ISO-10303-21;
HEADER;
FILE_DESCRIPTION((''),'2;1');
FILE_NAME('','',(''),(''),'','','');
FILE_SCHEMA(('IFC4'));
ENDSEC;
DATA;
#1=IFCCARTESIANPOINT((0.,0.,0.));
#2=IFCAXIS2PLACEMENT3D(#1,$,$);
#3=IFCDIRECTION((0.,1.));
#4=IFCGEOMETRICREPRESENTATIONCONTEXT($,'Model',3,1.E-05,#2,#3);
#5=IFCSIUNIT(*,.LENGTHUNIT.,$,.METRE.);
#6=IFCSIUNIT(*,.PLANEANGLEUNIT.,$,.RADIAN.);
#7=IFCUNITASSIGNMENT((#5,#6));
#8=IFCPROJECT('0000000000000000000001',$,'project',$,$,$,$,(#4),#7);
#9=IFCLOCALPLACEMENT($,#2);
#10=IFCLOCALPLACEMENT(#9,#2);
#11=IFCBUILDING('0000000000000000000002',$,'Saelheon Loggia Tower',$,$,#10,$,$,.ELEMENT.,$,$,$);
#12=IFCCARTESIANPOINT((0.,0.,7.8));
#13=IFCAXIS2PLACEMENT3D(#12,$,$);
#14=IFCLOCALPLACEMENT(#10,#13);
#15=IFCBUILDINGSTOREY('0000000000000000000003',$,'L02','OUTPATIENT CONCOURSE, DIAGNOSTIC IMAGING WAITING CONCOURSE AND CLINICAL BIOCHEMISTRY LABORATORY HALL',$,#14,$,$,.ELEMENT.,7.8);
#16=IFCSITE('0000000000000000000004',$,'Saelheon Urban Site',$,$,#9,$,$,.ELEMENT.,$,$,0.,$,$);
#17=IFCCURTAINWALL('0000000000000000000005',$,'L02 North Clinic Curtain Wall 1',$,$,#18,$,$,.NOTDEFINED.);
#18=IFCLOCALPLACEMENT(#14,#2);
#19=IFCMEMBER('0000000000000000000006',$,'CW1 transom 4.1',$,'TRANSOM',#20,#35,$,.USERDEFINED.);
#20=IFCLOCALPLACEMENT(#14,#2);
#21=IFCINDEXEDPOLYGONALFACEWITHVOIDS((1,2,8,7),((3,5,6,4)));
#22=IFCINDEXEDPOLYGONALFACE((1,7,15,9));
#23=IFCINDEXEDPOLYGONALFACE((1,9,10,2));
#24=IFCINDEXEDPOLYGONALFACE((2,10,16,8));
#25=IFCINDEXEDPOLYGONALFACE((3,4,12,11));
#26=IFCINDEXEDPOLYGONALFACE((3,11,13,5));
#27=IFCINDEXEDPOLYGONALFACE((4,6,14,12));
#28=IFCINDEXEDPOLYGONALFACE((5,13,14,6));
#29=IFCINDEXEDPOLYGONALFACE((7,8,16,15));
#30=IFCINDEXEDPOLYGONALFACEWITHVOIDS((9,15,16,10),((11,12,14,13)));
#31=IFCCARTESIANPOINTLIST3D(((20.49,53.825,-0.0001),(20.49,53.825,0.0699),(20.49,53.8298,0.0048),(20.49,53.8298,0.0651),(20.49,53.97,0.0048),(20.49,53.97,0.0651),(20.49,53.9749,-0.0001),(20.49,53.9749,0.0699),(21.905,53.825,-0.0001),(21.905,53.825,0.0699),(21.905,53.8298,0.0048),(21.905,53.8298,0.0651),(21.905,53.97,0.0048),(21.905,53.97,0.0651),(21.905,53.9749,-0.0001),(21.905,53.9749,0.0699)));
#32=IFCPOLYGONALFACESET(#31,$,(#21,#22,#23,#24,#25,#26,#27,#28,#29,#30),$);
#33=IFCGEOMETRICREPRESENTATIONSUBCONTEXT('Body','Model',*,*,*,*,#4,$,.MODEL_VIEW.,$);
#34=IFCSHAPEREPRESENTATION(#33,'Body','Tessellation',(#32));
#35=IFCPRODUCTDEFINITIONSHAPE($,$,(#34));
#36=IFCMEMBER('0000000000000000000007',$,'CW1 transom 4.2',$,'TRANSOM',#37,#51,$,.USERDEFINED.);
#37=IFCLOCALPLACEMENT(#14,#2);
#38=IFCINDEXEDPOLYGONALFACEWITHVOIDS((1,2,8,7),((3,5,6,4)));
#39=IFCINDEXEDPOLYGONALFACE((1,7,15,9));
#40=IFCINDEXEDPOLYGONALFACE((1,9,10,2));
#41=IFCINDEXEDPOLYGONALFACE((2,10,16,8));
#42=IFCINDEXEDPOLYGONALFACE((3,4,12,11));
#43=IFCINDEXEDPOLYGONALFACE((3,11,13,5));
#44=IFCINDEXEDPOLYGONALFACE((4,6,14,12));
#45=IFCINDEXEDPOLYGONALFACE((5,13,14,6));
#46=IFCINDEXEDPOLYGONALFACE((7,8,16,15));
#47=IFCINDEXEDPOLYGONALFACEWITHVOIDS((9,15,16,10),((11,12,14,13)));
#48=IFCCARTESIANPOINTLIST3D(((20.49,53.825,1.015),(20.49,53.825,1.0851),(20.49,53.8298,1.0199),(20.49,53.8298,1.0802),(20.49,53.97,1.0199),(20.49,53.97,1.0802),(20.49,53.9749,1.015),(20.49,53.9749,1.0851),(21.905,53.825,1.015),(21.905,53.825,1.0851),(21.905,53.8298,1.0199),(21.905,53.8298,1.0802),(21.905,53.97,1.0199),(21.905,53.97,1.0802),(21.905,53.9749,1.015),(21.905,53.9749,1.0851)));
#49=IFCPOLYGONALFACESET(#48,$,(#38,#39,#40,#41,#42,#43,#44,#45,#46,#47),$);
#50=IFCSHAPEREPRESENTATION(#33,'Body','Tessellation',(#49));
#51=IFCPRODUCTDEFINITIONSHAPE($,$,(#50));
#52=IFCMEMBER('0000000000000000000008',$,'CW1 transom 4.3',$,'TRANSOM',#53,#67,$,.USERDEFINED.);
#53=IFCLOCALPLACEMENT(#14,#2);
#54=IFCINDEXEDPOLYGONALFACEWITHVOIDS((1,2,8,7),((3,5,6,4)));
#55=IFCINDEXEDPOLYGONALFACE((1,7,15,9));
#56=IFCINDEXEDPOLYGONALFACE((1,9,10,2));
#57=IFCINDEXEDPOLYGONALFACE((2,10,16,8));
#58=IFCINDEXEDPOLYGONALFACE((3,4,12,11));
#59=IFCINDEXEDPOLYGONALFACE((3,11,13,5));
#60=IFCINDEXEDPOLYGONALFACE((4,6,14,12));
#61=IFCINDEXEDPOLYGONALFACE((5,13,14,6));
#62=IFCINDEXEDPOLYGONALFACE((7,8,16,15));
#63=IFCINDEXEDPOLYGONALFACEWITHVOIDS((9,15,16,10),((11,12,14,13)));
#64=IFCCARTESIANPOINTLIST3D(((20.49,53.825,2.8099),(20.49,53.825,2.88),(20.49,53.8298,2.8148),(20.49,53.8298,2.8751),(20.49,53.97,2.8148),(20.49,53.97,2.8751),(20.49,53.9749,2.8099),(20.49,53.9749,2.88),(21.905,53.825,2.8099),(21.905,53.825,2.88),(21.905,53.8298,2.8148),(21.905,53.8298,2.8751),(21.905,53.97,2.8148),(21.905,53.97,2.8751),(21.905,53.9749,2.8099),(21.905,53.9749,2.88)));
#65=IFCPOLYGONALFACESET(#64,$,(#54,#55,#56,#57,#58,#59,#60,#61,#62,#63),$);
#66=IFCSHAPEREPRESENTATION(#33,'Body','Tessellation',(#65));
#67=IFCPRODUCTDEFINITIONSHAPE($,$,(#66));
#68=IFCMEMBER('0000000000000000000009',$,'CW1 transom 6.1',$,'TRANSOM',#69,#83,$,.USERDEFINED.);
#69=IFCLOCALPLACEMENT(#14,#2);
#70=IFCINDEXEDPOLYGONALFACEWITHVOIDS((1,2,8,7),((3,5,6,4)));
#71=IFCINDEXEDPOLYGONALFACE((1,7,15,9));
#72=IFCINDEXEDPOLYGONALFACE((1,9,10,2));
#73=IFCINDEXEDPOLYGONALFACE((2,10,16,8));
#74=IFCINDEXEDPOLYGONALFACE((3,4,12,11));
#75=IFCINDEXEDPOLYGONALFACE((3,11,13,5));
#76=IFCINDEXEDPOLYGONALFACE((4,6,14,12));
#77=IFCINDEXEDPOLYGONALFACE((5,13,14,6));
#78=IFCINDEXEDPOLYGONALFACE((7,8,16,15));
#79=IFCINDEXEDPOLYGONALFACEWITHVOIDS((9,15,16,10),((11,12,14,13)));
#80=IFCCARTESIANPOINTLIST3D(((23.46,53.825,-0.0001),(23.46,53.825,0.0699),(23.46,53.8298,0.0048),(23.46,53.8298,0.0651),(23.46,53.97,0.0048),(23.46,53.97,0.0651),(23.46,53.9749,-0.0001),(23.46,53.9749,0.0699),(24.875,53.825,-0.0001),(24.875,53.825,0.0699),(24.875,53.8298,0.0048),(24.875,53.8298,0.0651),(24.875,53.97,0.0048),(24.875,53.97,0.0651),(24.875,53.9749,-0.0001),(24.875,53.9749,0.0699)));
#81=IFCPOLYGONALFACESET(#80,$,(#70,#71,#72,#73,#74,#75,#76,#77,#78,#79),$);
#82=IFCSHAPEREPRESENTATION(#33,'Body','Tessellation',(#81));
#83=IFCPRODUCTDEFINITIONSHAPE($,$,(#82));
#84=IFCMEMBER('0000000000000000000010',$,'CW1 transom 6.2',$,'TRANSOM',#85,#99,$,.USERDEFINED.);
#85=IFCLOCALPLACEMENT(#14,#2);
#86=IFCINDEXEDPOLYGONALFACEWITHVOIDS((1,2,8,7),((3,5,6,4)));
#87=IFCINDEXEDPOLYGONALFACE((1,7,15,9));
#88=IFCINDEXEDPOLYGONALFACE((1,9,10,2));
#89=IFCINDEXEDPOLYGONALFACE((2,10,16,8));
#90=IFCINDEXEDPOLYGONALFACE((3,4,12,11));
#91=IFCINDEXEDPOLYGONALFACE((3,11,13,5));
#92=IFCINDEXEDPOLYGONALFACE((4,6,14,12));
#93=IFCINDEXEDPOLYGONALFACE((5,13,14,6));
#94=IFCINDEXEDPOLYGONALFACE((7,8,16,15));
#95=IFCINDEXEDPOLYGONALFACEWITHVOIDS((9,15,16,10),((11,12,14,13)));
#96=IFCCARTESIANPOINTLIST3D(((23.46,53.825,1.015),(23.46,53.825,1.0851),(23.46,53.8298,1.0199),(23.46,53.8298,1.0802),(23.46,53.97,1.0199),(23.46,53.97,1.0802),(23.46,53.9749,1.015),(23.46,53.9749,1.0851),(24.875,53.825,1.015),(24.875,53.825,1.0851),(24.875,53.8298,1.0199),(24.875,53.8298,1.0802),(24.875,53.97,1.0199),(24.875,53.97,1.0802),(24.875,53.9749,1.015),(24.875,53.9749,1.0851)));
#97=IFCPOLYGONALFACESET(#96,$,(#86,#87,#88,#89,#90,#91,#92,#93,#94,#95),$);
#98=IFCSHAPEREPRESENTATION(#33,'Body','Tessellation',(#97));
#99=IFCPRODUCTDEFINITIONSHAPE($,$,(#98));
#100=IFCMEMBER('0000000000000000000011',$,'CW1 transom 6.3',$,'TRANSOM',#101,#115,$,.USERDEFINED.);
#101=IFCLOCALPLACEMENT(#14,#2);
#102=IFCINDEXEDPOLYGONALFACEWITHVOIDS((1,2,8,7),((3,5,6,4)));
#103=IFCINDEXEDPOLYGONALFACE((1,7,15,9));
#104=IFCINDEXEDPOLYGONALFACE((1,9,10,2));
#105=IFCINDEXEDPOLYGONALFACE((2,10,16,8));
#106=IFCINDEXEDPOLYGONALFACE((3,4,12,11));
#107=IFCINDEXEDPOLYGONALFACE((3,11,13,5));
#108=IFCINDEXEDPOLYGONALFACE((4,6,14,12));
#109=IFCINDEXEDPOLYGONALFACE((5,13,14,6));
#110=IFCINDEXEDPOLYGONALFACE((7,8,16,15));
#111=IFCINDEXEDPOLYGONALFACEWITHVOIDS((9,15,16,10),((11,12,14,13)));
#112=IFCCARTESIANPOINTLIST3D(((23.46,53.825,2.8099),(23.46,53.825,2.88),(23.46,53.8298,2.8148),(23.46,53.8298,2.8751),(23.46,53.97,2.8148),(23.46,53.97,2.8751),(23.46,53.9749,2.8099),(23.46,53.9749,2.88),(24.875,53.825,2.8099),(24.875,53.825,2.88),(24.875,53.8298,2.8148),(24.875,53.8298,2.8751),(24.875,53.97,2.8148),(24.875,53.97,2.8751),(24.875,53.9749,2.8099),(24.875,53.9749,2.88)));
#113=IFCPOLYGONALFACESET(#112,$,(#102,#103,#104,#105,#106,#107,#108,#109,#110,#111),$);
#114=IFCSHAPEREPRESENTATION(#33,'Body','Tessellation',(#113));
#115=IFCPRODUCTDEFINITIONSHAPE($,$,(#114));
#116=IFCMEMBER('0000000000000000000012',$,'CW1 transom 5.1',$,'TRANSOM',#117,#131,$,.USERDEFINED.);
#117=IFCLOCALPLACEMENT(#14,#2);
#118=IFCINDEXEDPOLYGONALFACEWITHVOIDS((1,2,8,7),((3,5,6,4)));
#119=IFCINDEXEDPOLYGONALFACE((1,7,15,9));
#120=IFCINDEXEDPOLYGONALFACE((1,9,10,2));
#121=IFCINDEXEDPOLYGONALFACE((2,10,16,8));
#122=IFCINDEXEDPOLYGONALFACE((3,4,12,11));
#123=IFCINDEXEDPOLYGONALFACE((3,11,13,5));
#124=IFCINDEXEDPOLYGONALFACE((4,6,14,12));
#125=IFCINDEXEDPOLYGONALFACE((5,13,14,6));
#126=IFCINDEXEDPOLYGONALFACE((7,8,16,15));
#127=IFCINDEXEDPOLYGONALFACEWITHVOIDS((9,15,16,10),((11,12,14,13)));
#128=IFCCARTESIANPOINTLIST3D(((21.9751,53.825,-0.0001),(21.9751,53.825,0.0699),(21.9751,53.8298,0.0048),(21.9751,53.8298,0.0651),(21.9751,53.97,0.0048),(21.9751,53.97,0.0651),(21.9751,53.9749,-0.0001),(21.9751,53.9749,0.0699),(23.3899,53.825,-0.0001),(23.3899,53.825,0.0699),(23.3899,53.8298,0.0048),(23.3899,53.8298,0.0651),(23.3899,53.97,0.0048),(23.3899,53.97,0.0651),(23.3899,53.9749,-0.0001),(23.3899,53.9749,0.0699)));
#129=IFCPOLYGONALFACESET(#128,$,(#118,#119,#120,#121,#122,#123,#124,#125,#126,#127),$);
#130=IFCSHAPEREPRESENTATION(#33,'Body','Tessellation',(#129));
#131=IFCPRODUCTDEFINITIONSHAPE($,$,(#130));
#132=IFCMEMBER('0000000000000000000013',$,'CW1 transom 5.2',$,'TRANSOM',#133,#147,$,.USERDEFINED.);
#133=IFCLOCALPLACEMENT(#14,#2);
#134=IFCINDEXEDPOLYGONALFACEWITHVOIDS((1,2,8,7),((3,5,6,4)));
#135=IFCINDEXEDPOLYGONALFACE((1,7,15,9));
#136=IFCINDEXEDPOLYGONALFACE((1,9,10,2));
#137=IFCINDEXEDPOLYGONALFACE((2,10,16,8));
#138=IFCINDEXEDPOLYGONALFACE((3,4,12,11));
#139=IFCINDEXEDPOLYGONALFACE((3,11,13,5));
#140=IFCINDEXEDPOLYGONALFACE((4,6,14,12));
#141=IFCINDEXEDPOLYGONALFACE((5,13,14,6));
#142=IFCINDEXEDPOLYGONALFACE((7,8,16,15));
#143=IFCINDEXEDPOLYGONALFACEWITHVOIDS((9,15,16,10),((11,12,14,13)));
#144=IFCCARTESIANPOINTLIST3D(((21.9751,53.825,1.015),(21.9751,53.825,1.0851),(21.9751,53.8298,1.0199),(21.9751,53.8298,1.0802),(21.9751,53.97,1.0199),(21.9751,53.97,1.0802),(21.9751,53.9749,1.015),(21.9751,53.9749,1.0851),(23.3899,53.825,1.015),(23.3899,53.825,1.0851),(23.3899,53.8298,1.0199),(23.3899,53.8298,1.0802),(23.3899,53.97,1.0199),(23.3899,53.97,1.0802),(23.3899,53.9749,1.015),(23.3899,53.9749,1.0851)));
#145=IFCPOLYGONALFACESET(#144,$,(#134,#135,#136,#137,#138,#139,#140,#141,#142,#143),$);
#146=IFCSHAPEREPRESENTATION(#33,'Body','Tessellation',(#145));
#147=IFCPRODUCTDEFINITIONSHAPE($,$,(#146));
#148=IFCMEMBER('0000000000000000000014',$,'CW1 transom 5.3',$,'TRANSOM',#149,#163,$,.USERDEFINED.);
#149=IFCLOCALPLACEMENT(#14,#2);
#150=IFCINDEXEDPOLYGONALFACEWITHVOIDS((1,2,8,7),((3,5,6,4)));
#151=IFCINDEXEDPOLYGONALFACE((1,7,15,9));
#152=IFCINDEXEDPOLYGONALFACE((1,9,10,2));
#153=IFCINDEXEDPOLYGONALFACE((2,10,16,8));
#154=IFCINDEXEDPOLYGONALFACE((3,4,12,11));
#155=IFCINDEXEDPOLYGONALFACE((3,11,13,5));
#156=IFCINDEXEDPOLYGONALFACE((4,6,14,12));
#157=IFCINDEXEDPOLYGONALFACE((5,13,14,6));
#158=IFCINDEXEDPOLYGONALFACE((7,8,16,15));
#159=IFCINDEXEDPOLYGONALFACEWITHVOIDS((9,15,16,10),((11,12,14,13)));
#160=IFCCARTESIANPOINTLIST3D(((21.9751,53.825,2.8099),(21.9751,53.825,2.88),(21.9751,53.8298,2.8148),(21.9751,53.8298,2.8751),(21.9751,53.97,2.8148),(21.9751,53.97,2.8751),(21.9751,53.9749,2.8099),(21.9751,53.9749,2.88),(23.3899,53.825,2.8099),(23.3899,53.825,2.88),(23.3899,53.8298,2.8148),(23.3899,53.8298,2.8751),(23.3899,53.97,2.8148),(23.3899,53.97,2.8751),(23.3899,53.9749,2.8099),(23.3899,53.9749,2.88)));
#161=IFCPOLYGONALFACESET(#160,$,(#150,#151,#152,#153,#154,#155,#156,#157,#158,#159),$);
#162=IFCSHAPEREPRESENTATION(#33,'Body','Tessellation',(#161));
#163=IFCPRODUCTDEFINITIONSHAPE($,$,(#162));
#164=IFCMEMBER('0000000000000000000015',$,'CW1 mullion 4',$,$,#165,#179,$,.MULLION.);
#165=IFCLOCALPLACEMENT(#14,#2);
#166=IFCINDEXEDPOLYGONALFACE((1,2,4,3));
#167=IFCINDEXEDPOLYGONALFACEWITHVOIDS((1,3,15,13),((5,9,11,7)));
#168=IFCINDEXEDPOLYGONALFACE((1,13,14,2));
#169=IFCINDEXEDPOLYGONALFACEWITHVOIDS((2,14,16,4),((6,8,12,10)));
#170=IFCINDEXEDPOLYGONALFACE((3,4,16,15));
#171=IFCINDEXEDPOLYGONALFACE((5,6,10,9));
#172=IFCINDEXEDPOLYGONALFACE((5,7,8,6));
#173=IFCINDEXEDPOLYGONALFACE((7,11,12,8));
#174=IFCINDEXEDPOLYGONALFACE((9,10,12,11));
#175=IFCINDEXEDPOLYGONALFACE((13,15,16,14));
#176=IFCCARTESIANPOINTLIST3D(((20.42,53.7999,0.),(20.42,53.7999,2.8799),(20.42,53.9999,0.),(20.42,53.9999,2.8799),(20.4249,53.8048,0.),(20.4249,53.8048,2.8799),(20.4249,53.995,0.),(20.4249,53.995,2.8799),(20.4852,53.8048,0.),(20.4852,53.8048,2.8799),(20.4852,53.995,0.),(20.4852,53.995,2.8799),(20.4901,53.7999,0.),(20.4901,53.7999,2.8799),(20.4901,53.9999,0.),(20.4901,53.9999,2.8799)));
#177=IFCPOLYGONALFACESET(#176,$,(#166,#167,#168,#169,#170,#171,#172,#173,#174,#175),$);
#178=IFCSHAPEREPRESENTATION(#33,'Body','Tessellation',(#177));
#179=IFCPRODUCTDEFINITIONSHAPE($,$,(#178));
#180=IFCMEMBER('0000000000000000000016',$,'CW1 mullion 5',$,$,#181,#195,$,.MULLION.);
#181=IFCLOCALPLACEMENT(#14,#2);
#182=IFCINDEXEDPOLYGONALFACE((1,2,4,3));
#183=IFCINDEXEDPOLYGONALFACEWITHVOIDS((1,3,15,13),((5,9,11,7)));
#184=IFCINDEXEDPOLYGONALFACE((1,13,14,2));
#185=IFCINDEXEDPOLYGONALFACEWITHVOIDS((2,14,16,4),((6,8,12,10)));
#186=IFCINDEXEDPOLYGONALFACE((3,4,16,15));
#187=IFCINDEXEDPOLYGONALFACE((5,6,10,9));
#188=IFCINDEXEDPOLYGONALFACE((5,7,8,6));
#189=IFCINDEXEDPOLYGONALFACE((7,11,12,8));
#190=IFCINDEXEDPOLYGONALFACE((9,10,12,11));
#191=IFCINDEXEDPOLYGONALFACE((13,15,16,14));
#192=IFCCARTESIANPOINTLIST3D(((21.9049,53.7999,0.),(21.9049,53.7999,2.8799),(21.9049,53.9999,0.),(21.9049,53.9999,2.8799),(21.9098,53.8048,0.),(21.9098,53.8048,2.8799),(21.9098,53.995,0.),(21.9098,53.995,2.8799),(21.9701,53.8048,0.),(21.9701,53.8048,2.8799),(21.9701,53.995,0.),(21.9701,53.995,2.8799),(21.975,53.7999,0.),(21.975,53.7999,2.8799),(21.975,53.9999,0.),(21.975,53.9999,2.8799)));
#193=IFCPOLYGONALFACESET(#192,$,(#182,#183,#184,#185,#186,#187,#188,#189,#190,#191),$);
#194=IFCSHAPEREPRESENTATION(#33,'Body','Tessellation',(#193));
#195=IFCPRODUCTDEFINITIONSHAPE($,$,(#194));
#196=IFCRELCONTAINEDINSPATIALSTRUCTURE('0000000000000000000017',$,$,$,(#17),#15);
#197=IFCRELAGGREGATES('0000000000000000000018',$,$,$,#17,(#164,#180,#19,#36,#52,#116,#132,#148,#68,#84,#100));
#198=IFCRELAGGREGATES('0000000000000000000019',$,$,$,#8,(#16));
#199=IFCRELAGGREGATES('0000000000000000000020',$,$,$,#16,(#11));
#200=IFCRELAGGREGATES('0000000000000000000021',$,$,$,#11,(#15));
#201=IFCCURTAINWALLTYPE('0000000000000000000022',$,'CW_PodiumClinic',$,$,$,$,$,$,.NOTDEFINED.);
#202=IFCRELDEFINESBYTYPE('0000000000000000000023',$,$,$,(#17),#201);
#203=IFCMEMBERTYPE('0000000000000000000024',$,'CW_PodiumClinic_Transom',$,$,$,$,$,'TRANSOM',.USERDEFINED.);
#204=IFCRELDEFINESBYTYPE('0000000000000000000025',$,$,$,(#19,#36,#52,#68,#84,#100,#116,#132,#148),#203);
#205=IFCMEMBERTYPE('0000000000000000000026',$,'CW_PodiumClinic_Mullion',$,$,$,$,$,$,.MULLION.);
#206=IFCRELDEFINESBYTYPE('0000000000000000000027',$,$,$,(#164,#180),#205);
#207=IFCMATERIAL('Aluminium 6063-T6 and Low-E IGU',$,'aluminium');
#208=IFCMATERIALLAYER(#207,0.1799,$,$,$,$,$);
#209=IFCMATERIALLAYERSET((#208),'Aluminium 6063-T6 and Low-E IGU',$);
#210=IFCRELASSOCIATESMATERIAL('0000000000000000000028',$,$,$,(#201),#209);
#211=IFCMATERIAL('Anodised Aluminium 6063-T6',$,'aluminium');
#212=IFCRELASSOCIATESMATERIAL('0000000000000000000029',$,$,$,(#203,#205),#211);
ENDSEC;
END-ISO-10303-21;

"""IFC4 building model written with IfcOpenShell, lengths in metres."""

from ifc_helpers import new_model, si_unit, direction, frame, origin, origin_2d, place, context, subcontext, project, spatial, hollow_rectangle, extrude, source, transform, mapped, material, layer, layer_set, material_profile, profile_set, type_object, element, aggregate, save


model = new_model("IFC4")

# Units and contexts
model_context = context("Model", 3, precision=1e-05, world=origin(), true_north=direction((0.0, 1.0)))
body_context = subcontext(model_context, "Body", "Model", "MODEL_VIEW")
ifc_project = project(units=[si_unit("LENGTHUNIT", "METRE"), si_unit("PLANEANGLEUNIT", "RADIAN")], contexts=[model_context])

# Site, building, storey
site_placement = place(None, origin())
site = spatial("IfcSite", under=ifc_project, at=site_placement, Name="Saelheon Urban Site", CompositionType="ELEMENT", RefElevation=0.0)
building_placement = place(site_placement, origin())
building = spatial("IfcBuilding", under=site, at=building_placement, Name="Saelheon Loggia Tower", CompositionType="ELEMENT")
storey_placement = place(building_placement, frame((0.0, 0.0, 7.8)))
storey = spatial("IfcBuildingStorey", under=building, at=storey_placement, Name="L02", Description="OUTPATIENT CONCOURSE, DIAGNOSTIC IMAGING WAITING CONCOURSE AND CLINICAL BIOCHEMISTRY LABORATORY HALL", CompositionType="ELEMENT", Elevation=7.8)

# Curtain wall, members
ifc_material_1 = material(Name="Aluminium 6063-T6 and Low-E IGU", Category="aluminium")
ifc_layer_1 = layer(ifc_material_1, 0.1799)
ifc_layer_set_1 = layer_set([ifc_layer_1], Name="Aluminium 6063-T6 and Low-E IGU")
curtain_wall_type = type_object("IfcCurtainWallType", Name="CW_PodiumClinic", PredefinedType="NOTDEFINED", material=ifc_layer_set_1)
curtain_wall_placement = place(storey_placement, origin())
curtain_wall = element("IfcCurtainWall", 1, at=curtain_wall_placement, inside=storey, type_object=curtain_wall_type, Name="L02 North Clinic Curtain Wall 1", PredefinedType="NOTDEFINED")
ifc_material_2 = material(Name="Anodised Aluminium 6063-T6", Category="aluminium")
ifc_material_profile_1 = material_profile(ifc_material_2, hollow_rectangle(XDim=0.0701, YDim=0.1499, WallThickness=0.0049, at=origin_2d()), Name="RHS-150x70x5")
ifc_profile_set_1 = profile_set([ifc_material_profile_1], Name="Anodised Aluminium 6063-T6")
member_type_1 = type_object("IfcMemberType", Name="CW_PodiumClinic_Transom", ElementType="TRANSOM", PredefinedType="USERDEFINED", material=ifc_profile_set_1)
shared_shape_1 = source(origin(), body_context, "Body", "SweptSolid", [
    extrude(hollow_rectangle(XDim=0.0701, YDim=0.1499, WallThickness=0.0049, at=origin_2d()), origin(), (0.0, 0.0, 1.0), 1.415),
])
member_1_placement = place(storey_placement, frame((20.49, 53.8999, 0.0349), z_axis=(1.0, 0.0, 0.0), x_axis=(0.0, 0.0, 1.0)))
member_1 = element("IfcMember", 2, at=member_1_placement, type_object=member_type_1, Name="CW1 transom 4.1", ObjectType="TRANSOM", PredefinedType="USERDEFINED", context=body_context, shape_type="MappedRepresentation", body=[
    mapped(shared_shape_1, transform((0.0, 0.0, 0.0), scale=1.0)),
])
member_2_placement = place(storey_placement, frame((20.49, 53.8999, 1.05), z_axis=(1.0, 0.0, 0.0), x_axis=(0.0, 0.0, 1.0)))
member_2 = element("IfcMember", 3, at=member_2_placement, type_object=member_type_1, Name="CW1 transom 4.2", ObjectType="TRANSOM", PredefinedType="USERDEFINED", context=body_context, shape_type="MappedRepresentation", body=[
    mapped(shared_shape_1, transform((0.0, 0.0, 0.0), scale=1.0)),
])
member_3_placement = place(storey_placement, frame((20.49, 53.8999, 2.845), z_axis=(1.0, 0.0, 0.0), x_axis=(0.0, 0.0, 1.0)))
member_3 = element("IfcMember", 4, at=member_3_placement, type_object=member_type_1, Name="CW1 transom 4.3", ObjectType="TRANSOM", PredefinedType="USERDEFINED", context=body_context, shape_type="MappedRepresentation", body=[
    mapped(shared_shape_1, transform((0.0, 0.0, 0.0), scale=1.0)),
])
member_4_placement = place(storey_placement, frame((23.46, 53.8999, 0.0349), z_axis=(1.0, 0.0, 0.0), x_axis=(0.0, 0.0, 1.0)))
member_4 = element("IfcMember", 5, at=member_4_placement, type_object=member_type_1, Name="CW1 transom 6.1", ObjectType="TRANSOM", PredefinedType="USERDEFINED", context=body_context, shape_type="MappedRepresentation", body=[
    mapped(shared_shape_1, transform((0.0, 0.0, 0.0), scale=1.0)),
])
member_5_placement = place(storey_placement, frame((23.46, 53.8999, 1.05), z_axis=(1.0, 0.0, 0.0), x_axis=(0.0, 0.0, 1.0)))
member_5 = element("IfcMember", 6, at=member_5_placement, type_object=member_type_1, Name="CW1 transom 6.2", ObjectType="TRANSOM", PredefinedType="USERDEFINED", context=body_context, shape_type="MappedRepresentation", body=[
    mapped(shared_shape_1, transform((0.0, 0.0, 0.0), scale=1.0)),
])
member_6_placement = place(storey_placement, frame((23.46, 53.8999, 2.845), z_axis=(1.0, 0.0, 0.0), x_axis=(0.0, 0.0, 1.0)))
member_6 = element("IfcMember", 7, at=member_6_placement, type_object=member_type_1, Name="CW1 transom 6.3", ObjectType="TRANSOM", PredefinedType="USERDEFINED", context=body_context, shape_type="MappedRepresentation", body=[
    mapped(shared_shape_1, transform((0.0, 0.0, 0.0), scale=1.0)),
])
shared_shape_2 = source(origin(), body_context, "Body", "SweptSolid", [
    extrude(hollow_rectangle(XDim=0.0701, YDim=0.1499, WallThickness=0.0049, at=origin_2d()), origin(), (0.0, 0.0, 1.0), 1.4148),
])
member_7_placement = place(storey_placement, frame((21.9751, 53.8999, 0.0349), z_axis=(1.0, 0.0, 0.0), x_axis=(0.0, 0.0, 1.0)))
member_7 = element("IfcMember", 8, at=member_7_placement, type_object=member_type_1, Name="CW1 transom 5.1", ObjectType="TRANSOM", PredefinedType="USERDEFINED", context=body_context, shape_type="MappedRepresentation", body=[
    mapped(shared_shape_2, transform((0.0, 0.0, 0.0), scale=1.0)),
])
member_8_placement = place(storey_placement, frame((21.9751, 53.8999, 1.05), z_axis=(1.0, 0.0, 0.0), x_axis=(0.0, 0.0, 1.0)))
member_8 = element("IfcMember", 9, at=member_8_placement, type_object=member_type_1, Name="CW1 transom 5.2", ObjectType="TRANSOM", PredefinedType="USERDEFINED", context=body_context, shape_type="MappedRepresentation", body=[
    mapped(shared_shape_2, transform((0.0, 0.0, 0.0), scale=1.0)),
])
member_9_placement = place(storey_placement, frame((21.9751, 53.8999, 2.845), z_axis=(1.0, 0.0, 0.0), x_axis=(0.0, 0.0, 1.0)))
member_9 = element("IfcMember", 10, at=member_9_placement, type_object=member_type_1, Name="CW1 transom 5.3", ObjectType="TRANSOM", PredefinedType="USERDEFINED", context=body_context, shape_type="MappedRepresentation", body=[
    mapped(shared_shape_2, transform((0.0, 0.0, 0.0), scale=1.0)),
])
ifc_material_profile_2 = material_profile(ifc_material_2, hollow_rectangle(XDim=0.0701, YDim=0.2, WallThickness=0.0049, at=origin_2d()), Name="RHS-200x70x5")
ifc_profile_set_2 = profile_set([ifc_material_profile_2], Name="Anodised Aluminium 6063-T6")
member_type_2 = type_object("IfcMemberType", Name="CW_PodiumClinic_Mullion", PredefinedType="MULLION", material=ifc_profile_set_2)
shared_shape_3 = source(origin(), body_context, "Body", "SweptSolid", [
    extrude(hollow_rectangle(XDim=0.0701, YDim=0.2, WallThickness=0.0049, at=origin_2d()), origin(), (0.0, 0.0, 1.0), 2.8799),
])
member_10_placement = place(storey_placement, frame((20.4551, 53.8999, 0.0), z_axis=(0.0, 0.0, 1.0), x_axis=(1.0, 0.0, 0.0)))
member_10 = element("IfcMember", 11, at=member_10_placement, type_object=member_type_2, Name="CW1 mullion 4", PredefinedType="MULLION", context=body_context, shape_type="MappedRepresentation", body=[
    mapped(shared_shape_3, transform((0.0, 0.0, 0.0), scale=1.0)),
])
member_11_placement = place(storey_placement, frame((21.9399, 53.8999, 0.0), z_axis=(0.0, 0.0, 1.0), x_axis=(1.0, 0.0, 0.0)))
member_11 = element("IfcMember", 12, at=member_11_placement, type_object=member_type_2, Name="CW1 mullion 5", PredefinedType="MULLION", context=body_context, shape_type="MappedRepresentation", body=[
    mapped(shared_shape_3, transform((0.0, 0.0, 0.0), scale=1.0)),
])
aggregate(curtain_wall, [member_10, member_11, member_1, member_2, member_3, member_7, member_8, member_9, member_4, member_5, member_6])

save(model, "model.ifc")
